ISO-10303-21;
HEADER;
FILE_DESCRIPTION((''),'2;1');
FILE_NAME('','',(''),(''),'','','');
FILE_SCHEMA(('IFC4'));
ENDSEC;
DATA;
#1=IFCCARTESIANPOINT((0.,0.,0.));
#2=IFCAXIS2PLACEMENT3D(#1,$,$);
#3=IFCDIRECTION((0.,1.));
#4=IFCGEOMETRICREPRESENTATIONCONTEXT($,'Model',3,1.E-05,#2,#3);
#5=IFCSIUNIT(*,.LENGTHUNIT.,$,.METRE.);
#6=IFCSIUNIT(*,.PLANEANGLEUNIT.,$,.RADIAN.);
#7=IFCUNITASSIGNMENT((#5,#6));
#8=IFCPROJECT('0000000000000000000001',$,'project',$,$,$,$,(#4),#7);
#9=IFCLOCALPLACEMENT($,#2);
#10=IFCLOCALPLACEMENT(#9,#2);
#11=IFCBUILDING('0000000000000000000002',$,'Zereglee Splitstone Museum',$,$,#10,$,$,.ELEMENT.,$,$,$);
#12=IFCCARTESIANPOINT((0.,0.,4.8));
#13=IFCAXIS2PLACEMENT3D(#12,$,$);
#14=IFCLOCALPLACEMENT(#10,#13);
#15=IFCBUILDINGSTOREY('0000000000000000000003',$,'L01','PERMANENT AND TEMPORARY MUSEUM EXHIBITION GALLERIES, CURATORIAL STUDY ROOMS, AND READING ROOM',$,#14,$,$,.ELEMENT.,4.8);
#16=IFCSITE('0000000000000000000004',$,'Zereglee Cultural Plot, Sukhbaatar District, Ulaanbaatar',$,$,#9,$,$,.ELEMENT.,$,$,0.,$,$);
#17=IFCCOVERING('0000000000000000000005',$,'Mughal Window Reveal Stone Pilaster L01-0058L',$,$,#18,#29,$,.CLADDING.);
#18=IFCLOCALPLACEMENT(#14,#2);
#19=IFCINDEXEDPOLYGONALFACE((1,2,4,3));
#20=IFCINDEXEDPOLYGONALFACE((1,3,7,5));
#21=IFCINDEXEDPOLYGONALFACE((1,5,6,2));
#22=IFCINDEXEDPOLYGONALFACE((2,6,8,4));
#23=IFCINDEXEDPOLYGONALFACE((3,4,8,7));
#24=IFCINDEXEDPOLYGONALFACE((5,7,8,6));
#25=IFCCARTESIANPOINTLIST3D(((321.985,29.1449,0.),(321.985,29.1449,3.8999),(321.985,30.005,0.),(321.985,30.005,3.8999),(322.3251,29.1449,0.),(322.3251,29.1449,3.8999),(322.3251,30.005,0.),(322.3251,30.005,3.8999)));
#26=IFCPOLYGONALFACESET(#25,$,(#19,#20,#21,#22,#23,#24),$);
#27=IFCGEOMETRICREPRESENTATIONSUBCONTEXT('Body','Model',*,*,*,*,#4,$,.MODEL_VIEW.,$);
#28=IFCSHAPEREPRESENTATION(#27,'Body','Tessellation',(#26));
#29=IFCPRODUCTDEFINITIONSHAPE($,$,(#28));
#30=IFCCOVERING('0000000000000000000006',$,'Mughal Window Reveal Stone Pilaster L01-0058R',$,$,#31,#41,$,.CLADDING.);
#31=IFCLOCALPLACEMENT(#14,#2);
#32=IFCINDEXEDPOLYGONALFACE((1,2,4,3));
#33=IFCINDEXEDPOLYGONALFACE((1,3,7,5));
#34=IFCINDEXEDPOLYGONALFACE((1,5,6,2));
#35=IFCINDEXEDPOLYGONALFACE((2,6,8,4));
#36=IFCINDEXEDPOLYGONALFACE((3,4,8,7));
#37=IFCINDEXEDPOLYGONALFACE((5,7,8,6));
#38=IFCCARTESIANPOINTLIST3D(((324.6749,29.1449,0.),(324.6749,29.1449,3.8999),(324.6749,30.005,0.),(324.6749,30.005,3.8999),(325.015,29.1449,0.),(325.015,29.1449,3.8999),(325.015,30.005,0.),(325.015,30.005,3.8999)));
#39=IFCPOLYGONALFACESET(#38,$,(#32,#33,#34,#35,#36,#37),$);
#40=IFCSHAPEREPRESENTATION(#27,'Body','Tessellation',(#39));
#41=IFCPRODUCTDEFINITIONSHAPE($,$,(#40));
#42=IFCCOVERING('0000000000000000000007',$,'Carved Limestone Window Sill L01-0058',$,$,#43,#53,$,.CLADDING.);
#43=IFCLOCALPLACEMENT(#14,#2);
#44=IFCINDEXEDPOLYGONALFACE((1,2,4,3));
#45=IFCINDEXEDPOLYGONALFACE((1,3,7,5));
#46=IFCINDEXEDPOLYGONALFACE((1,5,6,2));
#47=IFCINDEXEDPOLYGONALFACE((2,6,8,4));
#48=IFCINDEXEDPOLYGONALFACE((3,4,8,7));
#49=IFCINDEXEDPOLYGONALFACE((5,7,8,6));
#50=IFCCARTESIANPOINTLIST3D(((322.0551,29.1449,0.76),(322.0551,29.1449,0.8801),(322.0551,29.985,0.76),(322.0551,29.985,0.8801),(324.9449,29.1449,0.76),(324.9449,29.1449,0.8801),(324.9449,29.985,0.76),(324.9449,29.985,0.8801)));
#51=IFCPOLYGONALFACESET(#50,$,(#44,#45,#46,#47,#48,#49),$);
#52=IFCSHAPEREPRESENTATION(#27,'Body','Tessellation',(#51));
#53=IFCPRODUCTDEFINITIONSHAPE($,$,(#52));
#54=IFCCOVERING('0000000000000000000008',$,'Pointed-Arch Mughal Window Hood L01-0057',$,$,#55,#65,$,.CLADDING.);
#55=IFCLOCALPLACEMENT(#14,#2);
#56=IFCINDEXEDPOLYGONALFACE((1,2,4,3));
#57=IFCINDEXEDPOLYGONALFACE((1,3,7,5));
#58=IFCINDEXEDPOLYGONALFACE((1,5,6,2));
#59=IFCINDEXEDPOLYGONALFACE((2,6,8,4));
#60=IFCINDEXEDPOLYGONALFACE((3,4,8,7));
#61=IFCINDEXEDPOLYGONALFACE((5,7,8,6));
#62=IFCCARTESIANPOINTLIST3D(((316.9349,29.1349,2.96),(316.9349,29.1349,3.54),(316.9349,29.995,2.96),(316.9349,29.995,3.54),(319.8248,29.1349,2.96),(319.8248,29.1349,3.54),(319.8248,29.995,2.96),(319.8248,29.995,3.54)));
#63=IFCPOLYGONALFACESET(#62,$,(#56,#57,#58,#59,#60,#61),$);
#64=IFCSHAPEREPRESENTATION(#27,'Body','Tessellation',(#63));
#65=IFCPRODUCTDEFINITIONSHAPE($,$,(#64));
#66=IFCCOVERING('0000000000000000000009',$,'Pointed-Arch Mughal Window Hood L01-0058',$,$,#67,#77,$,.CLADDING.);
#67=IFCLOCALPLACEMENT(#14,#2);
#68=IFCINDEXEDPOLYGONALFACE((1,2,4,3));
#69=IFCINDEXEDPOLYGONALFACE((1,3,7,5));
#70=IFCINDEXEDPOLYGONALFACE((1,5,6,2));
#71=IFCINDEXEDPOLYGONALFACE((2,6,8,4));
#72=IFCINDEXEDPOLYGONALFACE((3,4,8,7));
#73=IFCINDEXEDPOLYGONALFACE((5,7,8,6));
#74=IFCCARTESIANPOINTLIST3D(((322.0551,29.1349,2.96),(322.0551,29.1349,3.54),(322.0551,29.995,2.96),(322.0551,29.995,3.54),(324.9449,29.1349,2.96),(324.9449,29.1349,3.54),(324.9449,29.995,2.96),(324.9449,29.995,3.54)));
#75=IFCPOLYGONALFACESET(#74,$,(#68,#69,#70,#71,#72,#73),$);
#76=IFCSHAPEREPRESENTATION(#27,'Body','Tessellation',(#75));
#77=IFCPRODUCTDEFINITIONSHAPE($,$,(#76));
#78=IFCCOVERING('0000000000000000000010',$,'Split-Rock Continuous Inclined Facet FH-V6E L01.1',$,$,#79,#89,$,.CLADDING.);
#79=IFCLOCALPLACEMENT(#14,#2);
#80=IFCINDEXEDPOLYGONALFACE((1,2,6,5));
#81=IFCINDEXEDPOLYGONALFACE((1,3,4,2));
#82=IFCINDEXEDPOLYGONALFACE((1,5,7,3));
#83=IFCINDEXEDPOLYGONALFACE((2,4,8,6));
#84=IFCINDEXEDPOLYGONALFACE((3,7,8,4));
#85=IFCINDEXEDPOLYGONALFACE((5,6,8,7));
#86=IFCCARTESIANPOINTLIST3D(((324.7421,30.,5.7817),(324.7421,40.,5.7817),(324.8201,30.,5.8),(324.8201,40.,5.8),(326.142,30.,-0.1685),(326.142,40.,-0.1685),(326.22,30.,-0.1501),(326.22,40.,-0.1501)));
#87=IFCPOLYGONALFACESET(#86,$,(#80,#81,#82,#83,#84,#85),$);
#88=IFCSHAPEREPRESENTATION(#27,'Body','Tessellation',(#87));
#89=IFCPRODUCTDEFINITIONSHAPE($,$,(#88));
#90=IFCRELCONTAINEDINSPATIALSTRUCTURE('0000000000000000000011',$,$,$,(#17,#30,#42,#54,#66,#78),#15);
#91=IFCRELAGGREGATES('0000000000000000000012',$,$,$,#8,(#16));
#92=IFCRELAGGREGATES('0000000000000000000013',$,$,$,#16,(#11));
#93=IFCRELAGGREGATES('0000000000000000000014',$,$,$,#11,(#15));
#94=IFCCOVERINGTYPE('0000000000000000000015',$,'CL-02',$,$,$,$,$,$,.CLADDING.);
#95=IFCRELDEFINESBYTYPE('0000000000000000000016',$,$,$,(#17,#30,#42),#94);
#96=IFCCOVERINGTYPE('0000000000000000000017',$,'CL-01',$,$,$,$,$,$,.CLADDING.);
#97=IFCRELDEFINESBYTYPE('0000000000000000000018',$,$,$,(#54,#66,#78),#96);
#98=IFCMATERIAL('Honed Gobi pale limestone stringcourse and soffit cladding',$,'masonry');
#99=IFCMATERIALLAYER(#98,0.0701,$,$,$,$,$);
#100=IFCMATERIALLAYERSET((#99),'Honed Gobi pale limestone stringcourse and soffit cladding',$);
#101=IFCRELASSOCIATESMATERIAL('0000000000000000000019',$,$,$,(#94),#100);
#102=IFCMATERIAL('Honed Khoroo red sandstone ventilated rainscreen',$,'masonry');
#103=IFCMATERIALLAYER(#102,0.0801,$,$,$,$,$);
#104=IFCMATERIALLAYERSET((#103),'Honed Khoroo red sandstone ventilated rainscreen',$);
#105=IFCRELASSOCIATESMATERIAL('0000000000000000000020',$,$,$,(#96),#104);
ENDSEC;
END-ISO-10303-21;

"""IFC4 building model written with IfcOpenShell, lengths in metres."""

from ifc_helpers import new_model, si_unit, direction, frame, origin, origin_2d, place, context, subcontext, project, spatial, polyline, rectangle, outline, extrude, material, layer, layer_set, type_object, element, save


model = new_model("IFC4")

# Units and contexts
model_context = context("Model", 3, precision=1e-05, world=origin(), true_north=direction((0.0, 1.0)))
body_context = subcontext(model_context, "Body", "Model", "MODEL_VIEW")
ifc_project = project(units=[si_unit("LENGTHUNIT", "METRE"), si_unit("PLANEANGLEUNIT", "RADIAN")], contexts=[model_context])

# Site, building, storey
site_placement = place(None, origin())
site = spatial("IfcSite", under=ifc_project, at=site_placement, Name="Zereglee Cultural Plot, Sukhbaatar District, Ulaanbaatar", CompositionType="ELEMENT", RefElevation=0.0)
building_placement = place(site_placement, origin())
building = spatial("IfcBuilding", under=site, at=building_placement, Name="Zereglee Splitstone Museum", CompositionType="ELEMENT")
storey_placement = place(building_placement, frame((0.0, 0.0, 4.8)))
storey = spatial("IfcBuildingStorey", under=building, at=storey_placement, Name="L01", Description="PERMANENT AND TEMPORARY MUSEUM EXHIBITION GALLERIES, CURATORIAL STUDY ROOMS, AND READING ROOM", CompositionType="ELEMENT", Elevation=4.8)

# Coverings
ifc_material_1 = material(Name="Honed Gobi pale limestone stringcourse and soffit cladding", Category="masonry")
ifc_layer_1 = layer(ifc_material_1, 0.0701)
ifc_layer_set_1 = layer_set([ifc_layer_1], Name="Honed Gobi pale limestone stringcourse and soffit cladding")
covering_type_1 = type_object("IfcCoveringType", Name="CL-02", PredefinedType="CLADDING", material=ifc_layer_set_1)
for number, where, z_axis, x_axis, name in (
    (1, (322.155, 29.575, 0.0), (0.0, 0.0, 1.0), (1.0, 0.0, 0.0), "Mughal Window Reveal Stone Pilaster L01-0058L"),
    (2, (324.845, 29.575, 0.0), (0.0, 0.0, 1.0), (1.0, 0.0, 0.0), "Mughal Window Reveal Stone Pilaster L01-0058R"),
):
    element("IfcCovering", number, at=place(storey_placement, frame(where, z_axis=z_axis, x_axis=x_axis)), inside=storey, type_object=covering_type_1, Name=name, PredefinedType="CLADDING", context=body_context, shape_type="SweptSolid", body=[
        extrude(rectangle(XDim=0.3401, YDim=0.8601, at=origin_2d()), origin(), (0.0, 0.0, 1.0), 3.8999),
    ])
covering_1_placement = place(storey_placement, frame((323.5, 29.5649, 0.76), z_axis=(0.0, 0.0, 1.0), x_axis=(1.0, 0.0, 0.0)))
element("IfcCovering", 3, at=covering_1_placement, inside=storey, type_object=covering_type_1, Name="Carved Limestone Window Sill L01-0058", PredefinedType="CLADDING", context=body_context, shape_type="SweptSolid", body=[
    extrude(rectangle(XDim=2.8899, YDim=0.8401, at=origin_2d()), origin(), (0.0, 0.0, 1.0), 0.1201),
])
ifc_material_2 = material(Name="Honed Khoroo red sandstone ventilated rainscreen", Category="masonry")
ifc_layer_2 = layer(ifc_material_2, 0.0801)
ifc_layer_set_2 = layer_set([ifc_layer_2], Name="Honed Khoroo red sandstone ventilated rainscreen")
covering_type_2 = type_object("IfcCoveringType", Name="CL-01", PredefinedType="CLADDING", material=ifc_layer_set_2)
for number, where, z_axis, x_axis, name in (
    (4, (318.3799, 29.5649, 2.96), (0.0, 0.0, 1.0), (1.0, 0.0, 0.0), "Pointed-Arch Mughal Window Hood L01-0057"),
    (5, (323.5, 29.5649, 2.96), (0.0, 0.0, 1.0), (1.0, 0.0, 0.0), "Pointed-Arch Mughal Window Hood L01-0058"),
):
    element("IfcCovering", number, at=place(storey_placement, frame(where, z_axis=z_axis, x_axis=x_axis)), inside=storey, type_object=covering_type_2, Name=name, PredefinedType="CLADDING", context=body_context, shape_type="SweptSolid", body=[
        extrude(rectangle(XDim=2.8899, YDim=0.8601, at=origin_2d()), origin(), (0.0, 0.0, 1.0), 0.5801),
    ])
covering_2_placement = place(storey_placement, frame((326.22, 30.0, -0.1501), z_axis=(0.973422, 0.0, 0.229017), x_axis=(0.0, 1.0, 0.0)))
element("IfcCovering", 6, at=covering_2_placement, inside=storey, type_object=covering_type_2, Name="Split-Rock Continuous Inclined Facet FH-V6E L01.1", PredefinedType="CLADDING", context=body_context, shape_type="SweptSolid", body=[
    extrude(outline(polyline([(0.0, 0.0), (10.0, 0.0), (10.0, 6.1127), (0.0, 6.1127), (0.0, 0.0)])), origin(), (0.0, 0.0, -1.0), 0.0801),
])

save(model, "model.ifc")
